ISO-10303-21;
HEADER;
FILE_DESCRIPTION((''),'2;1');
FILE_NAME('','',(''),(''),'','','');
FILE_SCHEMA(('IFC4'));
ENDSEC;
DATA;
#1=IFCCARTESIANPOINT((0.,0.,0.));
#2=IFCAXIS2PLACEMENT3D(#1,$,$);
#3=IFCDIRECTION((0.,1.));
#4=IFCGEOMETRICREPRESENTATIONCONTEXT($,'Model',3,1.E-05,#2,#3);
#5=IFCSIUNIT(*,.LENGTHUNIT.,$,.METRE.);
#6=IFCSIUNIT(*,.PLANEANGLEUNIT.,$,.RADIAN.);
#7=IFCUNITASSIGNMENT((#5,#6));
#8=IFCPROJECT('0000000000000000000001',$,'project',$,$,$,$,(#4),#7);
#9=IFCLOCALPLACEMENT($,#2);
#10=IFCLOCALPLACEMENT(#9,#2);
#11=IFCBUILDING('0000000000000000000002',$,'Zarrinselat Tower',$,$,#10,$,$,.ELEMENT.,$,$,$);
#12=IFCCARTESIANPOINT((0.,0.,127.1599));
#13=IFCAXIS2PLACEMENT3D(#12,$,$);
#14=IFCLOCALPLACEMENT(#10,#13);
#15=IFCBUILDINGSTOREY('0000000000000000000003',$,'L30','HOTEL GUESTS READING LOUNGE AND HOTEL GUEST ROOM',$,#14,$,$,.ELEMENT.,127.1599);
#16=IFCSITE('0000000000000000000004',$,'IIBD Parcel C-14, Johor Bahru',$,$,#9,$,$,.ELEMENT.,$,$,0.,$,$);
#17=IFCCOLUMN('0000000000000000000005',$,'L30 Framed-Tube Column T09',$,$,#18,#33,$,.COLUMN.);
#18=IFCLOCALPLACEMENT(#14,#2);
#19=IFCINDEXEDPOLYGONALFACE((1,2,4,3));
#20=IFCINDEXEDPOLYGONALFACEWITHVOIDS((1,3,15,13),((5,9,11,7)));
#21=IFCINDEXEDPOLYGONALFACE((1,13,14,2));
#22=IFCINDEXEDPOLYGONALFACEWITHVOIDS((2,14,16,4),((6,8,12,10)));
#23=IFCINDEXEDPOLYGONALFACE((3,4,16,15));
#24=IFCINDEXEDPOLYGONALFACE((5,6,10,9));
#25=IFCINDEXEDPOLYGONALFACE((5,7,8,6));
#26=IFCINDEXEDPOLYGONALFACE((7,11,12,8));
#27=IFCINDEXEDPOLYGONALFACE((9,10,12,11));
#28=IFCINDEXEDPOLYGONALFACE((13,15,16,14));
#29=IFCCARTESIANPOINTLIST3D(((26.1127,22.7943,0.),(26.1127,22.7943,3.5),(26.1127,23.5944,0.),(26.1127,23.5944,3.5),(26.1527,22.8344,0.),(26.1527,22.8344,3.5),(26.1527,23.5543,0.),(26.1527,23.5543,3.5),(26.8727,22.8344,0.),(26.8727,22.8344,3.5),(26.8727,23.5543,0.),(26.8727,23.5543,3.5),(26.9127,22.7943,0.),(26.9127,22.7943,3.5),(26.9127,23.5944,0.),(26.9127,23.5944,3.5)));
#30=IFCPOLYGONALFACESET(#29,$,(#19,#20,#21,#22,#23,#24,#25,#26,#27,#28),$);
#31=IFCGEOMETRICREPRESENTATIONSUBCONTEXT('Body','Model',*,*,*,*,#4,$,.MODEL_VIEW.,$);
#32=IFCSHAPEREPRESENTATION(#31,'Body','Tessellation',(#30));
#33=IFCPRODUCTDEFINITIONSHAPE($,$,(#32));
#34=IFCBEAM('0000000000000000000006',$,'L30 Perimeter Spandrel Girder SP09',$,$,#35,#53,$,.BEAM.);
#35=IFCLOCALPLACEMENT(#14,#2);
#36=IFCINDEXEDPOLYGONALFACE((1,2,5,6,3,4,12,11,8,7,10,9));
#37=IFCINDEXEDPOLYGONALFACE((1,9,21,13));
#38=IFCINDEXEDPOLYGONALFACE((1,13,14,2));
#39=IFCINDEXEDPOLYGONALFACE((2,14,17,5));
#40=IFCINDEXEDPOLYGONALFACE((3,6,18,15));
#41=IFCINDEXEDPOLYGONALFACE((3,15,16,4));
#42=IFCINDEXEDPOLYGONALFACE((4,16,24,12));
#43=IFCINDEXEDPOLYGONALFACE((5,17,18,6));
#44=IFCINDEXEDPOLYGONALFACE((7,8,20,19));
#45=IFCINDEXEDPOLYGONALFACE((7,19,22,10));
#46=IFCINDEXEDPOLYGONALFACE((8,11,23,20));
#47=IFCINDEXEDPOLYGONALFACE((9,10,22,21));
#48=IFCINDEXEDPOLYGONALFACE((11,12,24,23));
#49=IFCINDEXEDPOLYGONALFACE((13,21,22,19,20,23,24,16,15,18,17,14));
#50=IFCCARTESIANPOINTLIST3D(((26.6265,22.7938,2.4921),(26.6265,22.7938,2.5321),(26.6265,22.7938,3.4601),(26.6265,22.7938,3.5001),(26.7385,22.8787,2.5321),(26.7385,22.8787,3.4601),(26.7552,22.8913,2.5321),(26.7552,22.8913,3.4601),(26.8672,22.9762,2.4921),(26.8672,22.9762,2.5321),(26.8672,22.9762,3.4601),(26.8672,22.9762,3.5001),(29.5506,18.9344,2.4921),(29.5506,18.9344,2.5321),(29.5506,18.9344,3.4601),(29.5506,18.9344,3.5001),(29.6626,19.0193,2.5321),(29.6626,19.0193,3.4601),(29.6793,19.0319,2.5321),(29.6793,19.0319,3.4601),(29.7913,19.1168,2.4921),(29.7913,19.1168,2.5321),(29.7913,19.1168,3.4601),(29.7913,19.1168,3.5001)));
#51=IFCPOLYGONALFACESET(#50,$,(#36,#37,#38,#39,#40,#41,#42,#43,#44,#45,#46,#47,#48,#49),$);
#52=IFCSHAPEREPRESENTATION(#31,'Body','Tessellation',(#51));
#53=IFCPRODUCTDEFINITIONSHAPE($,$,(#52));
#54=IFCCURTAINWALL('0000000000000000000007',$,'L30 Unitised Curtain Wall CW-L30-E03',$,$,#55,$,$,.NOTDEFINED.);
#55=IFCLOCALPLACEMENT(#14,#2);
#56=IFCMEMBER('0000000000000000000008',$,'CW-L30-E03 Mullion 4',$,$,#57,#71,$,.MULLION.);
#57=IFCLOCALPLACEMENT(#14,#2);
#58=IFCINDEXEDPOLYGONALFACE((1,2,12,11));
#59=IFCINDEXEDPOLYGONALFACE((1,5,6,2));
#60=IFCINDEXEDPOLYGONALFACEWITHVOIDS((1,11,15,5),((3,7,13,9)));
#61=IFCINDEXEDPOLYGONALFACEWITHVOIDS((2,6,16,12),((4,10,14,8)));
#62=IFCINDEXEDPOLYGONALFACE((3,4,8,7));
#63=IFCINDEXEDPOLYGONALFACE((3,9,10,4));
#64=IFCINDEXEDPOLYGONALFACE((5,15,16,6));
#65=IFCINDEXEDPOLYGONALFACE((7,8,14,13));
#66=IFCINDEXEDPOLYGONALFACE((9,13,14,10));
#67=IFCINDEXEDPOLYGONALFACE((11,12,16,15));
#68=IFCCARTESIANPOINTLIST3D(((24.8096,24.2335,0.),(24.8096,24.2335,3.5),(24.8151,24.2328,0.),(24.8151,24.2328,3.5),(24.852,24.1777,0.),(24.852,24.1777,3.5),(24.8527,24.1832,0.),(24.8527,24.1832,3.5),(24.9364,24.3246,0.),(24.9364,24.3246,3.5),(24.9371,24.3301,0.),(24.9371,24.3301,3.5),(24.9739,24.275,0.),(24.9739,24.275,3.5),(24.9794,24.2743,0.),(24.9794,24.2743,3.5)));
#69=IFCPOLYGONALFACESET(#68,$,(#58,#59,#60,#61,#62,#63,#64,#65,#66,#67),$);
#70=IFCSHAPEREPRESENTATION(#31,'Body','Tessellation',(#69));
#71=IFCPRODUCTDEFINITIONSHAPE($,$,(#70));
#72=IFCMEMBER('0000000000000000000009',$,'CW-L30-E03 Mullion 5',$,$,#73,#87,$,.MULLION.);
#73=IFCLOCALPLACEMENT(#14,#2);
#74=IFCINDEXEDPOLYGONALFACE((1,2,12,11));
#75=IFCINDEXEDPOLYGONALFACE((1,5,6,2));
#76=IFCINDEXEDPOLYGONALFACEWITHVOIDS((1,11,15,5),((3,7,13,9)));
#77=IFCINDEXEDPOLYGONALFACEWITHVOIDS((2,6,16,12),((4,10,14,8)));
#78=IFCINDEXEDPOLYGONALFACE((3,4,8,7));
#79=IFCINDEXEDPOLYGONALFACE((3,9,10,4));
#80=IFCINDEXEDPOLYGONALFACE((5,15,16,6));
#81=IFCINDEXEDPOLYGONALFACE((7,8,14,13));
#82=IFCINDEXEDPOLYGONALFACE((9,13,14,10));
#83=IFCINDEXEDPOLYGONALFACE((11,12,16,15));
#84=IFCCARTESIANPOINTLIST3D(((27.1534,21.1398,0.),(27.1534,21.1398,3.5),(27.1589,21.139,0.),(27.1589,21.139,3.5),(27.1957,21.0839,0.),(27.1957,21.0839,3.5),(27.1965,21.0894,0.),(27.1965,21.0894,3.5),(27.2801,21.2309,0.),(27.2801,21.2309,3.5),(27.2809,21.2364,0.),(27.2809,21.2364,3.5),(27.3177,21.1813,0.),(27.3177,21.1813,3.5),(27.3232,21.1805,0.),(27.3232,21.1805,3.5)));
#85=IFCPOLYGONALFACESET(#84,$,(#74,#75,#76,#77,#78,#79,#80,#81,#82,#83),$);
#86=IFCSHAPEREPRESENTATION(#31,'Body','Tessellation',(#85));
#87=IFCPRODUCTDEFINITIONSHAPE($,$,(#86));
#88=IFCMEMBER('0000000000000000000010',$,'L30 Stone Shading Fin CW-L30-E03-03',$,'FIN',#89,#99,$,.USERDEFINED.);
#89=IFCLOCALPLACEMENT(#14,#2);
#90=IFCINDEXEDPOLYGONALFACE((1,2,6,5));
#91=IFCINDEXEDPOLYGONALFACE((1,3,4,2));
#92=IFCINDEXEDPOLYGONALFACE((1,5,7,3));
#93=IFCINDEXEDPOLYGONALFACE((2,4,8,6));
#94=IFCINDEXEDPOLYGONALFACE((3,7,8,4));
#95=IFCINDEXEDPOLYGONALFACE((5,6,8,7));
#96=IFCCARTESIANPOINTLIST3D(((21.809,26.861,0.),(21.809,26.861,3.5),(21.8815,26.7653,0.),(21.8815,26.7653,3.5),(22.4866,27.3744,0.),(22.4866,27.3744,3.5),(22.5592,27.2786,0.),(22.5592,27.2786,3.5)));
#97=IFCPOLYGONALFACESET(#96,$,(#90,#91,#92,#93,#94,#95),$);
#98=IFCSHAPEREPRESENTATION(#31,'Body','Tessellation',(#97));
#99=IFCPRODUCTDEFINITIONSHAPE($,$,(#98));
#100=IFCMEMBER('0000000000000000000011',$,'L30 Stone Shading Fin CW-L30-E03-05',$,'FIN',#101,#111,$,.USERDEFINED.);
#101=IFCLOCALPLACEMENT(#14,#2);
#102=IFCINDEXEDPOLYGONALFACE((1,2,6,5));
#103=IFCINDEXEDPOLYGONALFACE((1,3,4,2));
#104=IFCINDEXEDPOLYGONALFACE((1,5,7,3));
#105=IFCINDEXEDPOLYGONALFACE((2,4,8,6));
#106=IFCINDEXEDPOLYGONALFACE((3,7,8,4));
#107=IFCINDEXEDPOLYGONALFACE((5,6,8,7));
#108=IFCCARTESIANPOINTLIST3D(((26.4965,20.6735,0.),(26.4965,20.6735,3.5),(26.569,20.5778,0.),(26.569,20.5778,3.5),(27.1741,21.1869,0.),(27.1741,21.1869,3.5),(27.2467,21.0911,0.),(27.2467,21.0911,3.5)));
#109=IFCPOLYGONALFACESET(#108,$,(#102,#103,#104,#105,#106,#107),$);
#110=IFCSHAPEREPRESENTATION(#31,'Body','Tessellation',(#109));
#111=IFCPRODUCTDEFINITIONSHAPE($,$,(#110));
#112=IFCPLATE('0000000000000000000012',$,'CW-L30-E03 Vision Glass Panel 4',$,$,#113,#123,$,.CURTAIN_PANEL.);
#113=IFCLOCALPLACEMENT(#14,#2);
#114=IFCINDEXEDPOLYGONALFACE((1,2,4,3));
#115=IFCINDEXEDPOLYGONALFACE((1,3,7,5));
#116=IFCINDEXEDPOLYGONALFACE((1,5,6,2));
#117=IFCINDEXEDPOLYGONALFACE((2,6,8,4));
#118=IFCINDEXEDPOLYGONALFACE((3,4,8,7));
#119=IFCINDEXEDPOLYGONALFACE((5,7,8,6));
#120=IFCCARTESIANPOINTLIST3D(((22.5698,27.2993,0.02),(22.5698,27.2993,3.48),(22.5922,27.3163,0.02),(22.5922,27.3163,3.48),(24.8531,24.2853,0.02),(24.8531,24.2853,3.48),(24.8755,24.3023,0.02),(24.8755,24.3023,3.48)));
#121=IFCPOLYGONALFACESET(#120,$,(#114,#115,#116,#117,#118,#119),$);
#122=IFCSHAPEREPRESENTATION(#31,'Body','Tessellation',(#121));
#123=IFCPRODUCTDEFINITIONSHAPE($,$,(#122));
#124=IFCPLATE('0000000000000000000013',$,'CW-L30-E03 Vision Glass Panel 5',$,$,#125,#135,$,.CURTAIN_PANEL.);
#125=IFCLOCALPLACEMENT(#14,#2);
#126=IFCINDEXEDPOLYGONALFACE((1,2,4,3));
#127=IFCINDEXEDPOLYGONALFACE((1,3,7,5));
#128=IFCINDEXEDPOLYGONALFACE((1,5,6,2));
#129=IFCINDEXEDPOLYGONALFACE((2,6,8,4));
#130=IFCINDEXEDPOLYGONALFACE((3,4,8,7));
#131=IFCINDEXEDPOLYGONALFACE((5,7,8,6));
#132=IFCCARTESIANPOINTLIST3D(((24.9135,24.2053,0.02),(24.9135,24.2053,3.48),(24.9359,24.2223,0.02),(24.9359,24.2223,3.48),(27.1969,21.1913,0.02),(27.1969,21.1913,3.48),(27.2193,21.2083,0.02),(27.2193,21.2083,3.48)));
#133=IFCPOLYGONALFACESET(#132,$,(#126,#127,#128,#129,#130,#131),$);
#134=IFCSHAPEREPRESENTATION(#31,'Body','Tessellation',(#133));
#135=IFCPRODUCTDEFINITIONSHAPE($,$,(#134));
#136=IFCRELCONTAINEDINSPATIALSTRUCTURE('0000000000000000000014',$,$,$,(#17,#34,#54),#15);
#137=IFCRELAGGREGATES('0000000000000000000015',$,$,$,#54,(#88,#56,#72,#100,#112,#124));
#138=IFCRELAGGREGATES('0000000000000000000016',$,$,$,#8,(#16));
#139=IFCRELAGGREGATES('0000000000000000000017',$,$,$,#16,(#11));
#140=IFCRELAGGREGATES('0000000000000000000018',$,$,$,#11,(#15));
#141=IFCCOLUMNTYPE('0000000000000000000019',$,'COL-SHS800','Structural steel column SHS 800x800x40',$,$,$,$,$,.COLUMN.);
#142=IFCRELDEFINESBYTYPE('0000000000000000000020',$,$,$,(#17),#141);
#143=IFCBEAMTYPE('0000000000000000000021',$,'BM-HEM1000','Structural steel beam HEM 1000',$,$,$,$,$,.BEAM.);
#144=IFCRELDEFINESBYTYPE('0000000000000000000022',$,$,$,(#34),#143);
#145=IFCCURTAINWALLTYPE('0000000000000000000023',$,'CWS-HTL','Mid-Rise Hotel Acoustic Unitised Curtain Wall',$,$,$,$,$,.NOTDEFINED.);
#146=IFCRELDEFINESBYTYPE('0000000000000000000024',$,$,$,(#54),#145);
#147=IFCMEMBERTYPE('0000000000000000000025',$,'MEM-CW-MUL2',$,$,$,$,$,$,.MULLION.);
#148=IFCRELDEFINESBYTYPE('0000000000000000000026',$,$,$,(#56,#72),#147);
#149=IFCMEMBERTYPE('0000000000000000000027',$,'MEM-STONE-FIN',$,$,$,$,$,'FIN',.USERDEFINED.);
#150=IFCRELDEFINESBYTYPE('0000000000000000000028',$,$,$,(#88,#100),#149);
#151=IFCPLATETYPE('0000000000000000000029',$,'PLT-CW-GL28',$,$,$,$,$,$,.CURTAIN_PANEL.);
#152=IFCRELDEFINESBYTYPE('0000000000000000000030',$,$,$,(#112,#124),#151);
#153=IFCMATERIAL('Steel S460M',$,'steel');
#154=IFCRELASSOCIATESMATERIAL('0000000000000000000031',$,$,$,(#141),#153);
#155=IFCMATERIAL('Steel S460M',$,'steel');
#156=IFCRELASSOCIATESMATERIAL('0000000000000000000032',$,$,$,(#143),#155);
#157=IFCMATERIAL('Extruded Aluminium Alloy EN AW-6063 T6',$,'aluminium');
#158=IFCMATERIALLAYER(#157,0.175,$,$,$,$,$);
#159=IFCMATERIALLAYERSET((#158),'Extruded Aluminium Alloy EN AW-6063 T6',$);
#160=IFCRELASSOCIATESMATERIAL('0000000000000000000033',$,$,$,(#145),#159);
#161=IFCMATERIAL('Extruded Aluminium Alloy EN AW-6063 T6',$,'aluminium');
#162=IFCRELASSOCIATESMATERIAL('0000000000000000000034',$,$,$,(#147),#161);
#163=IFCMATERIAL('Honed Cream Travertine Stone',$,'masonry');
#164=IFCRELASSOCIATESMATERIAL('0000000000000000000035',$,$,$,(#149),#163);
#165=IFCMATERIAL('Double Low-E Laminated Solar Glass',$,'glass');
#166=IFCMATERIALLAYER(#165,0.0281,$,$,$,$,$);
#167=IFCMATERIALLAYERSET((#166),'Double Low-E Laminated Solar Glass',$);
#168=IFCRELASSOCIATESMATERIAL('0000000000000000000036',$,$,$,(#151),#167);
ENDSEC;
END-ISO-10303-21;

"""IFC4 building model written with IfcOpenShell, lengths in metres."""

from ifc_helpers import new_model, si_unit, direction, frame, origin, origin_2d, place, context, subcontext, project, spatial, rectangle, hollow_rectangle, i_section, extrude, material, layer, layer_set, material_profile, profile_set, type_object, element, aggregate, save


model = new_model("IFC4")

# Units and contexts
model_context = context("Model", 3, precision=1e-05, world=origin(), true_north=direction((0.0, 1.0)))
body_context = subcontext(model_context, "Body", "Model", "MODEL_VIEW")
ifc_project = project(units=[si_unit("LENGTHUNIT", "METRE"), si_unit("PLANEANGLEUNIT", "RADIAN")], contexts=[model_context])

# Site, building, storey
site_placement = place(None, origin())
site = spatial("IfcSite", under=ifc_project, at=site_placement, Name="IIBD Parcel C-14, Johor Bahru", CompositionType="ELEMENT", RefElevation=0.0)
building_placement = place(site_placement, origin())
building = spatial("IfcBuilding", under=site, at=building_placement, Name="Zarrinselat Tower", CompositionType="ELEMENT")
storey_placement = place(building_placement, frame((0.0, 0.0, 127.1599)))
storey = spatial("IfcBuildingStorey", under=building, at=storey_placement, Name="L30", Description="HOTEL GUESTS READING LOUNGE AND HOTEL GUEST ROOM", CompositionType="ELEMENT", Elevation=127.1599)

# Column
ifc_material_1 = material(Name="Steel S460M", Category="steel")
ifc_material_profile_1 = material_profile(ifc_material_1, hollow_rectangle(XDim=0.8, YDim=0.8, WallThickness=0.04, at=origin_2d()), Name="SHS 800x800x40")
ifc_profile_set_1 = profile_set([ifc_material_profile_1], Name="Steel S460M")
column_type = type_object("IfcColumnType", Name="COL-SHS800", Description="Structural steel column SHS 800x800x40", PredefinedType="COLUMN", material=ifc_profile_set_1)
column_placement = place(storey_placement, frame((26.5127, 23.1943, 0.0), z_axis=(0.0, 0.0, 1.0), x_axis=(1.0, 0.0, 0.0)))
element("IfcColumn", 1, at=column_placement, inside=storey, type_object=column_type, Name="L30 Framed-Tube Column T09", PredefinedType="COLUMN", context=body_context, shape_type="SweptSolid", body=[
    extrude(hollow_rectangle(XDim=0.8, YDim=0.8, WallThickness=0.04, at=origin_2d()), origin(), (0.0, 0.0, 1.0), 3.5),
])

# Beam
ifc_material_2 = material(Name="Steel S460M", Category="steel")
ifc_material_profile_2 = material_profile(ifc_material_2, i_section(OverallWidth=0.302, OverallDepth=1.0081, WebThickness=0.021, FlangeThickness=0.04, at=origin_2d()), Name="HEM 1000")
ifc_profile_set_2 = profile_set([ifc_material_profile_2], Name="Steel S460M")
beam_type = type_object("IfcBeamType", Name="BM-HEM1000", Description="Structural steel beam HEM 1000", PredefinedType="BEAM", material=ifc_profile_set_2)
beam_placement = place(storey_placement, frame((26.7468, 22.885, 2.9961), z_axis=(0.603897, -0.797062, 0.0), x_axis=(0.797062, 0.603897, 0.0)))
element("IfcBeam", 2, at=beam_placement, inside=storey, type_object=beam_type, Name="L30 Perimeter Spandrel Girder SP09", PredefinedType="BEAM", context=body_context, shape_type="SweptSolid", body=[
    extrude(i_section(OverallWidth=0.302, OverallDepth=1.0081, WebThickness=0.021, FlangeThickness=0.04, at=origin_2d()), origin(), (0.0, 0.0, 1.0), 4.842),
])

# Curtain wall, members, plates
ifc_material_3 = material(Name="Extruded Aluminium Alloy EN AW-6063 T6", Category="aluminium")
ifc_layer_1 = layer(ifc_material_3, 0.175)
ifc_layer_set_1 = layer_set([ifc_layer_1], Name="Extruded Aluminium Alloy EN AW-6063 T6")
curtain_wall_type = type_object("IfcCurtainWallType", Name="CWS-HTL", Description="Mid-Rise Hotel Acoustic Unitised Curtain Wall", PredefinedType="NOTDEFINED", material=ifc_layer_set_1)
curtain_wall_placement = place(storey_placement, origin())
curtain_wall = element("IfcCurtainWall", 3, at=curtain_wall_placement, inside=storey, type_object=curtain_wall_type, Name="L30 Unitised Curtain Wall CW-L30-E03", PredefinedType="NOTDEFINED")
ifc_material_4 = material(Name="Extruded Aluminium Alloy EN AW-6063 T6", Category="aluminium")
ifc_material_profile_3 = material_profile(ifc_material_4, hollow_rectangle(XDim=0.0701, YDim=0.1599, WallThickness=0.0039, at=origin_2d()), Name="RHS 160x70x4")
ifc_profile_set_3 = profile_set([ifc_material_profile_3], Name="Extruded Aluminium Alloy EN AW-6063 T6")
member_type_1 = type_object("IfcMemberType", Name="MEM-CW-MUL2", PredefinedType="MULLION", material=ifc_profile_set_3)
member_1_placement = place(storey_placement, frame((24.8945, 24.2539, 0.0), z_axis=(0.0, 0.0, 1.0), x_axis=(0.603858, -0.797092, 0.0)))
member_1 = element("IfcMember", 4, at=member_1_placement, type_object=member_type_1, Name="CW-L30-E03 Mullion 4", PredefinedType="MULLION", context=body_context, shape_type="SweptSolid", body=[
    extrude(hollow_rectangle(XDim=0.0701, YDim=0.1599, WallThickness=0.0039, at=origin_2d()), origin(), (0.0, 0.0, 1.0), 3.5),
])
member_2_placement = place(storey_placement, frame((27.2383, 21.1602, 0.0), z_axis=(0.0, 0.0, 1.0), x_axis=(0.603858, -0.797092, 0.0)))
member_2 = element("IfcMember", 5, at=member_2_placement, type_object=member_type_1, Name="CW-L30-E03 Mullion 5", PredefinedType="MULLION", context=body_context, shape_type="SweptSolid", body=[
    extrude(hollow_rectangle(XDim=0.0701, YDim=0.1599, WallThickness=0.0039, at=origin_2d()), origin(), (0.0, 0.0, 1.0), 3.5),
])
ifc_material_5 = material(Name="Honed Cream Travertine Stone", Category="masonry")
ifc_material_profile_4 = material_profile(ifc_material_5, rectangle(XDim=0.1201, YDim=0.8501, at=origin_2d()), Name="FIN 850x120")
ifc_profile_set_4 = profile_set([ifc_material_profile_4], Name="Honed Cream Travertine Stone")
member_type_2 = type_object("IfcMemberType", Name="MEM-STONE-FIN", ElementType="FIN", PredefinedType="USERDEFINED", material=ifc_profile_set_4)
member_3_placement = place(storey_placement, frame((22.1841, 27.0698, 0.0), z_axis=(0.0, 0.0, 1.0), x_axis=(-0.603858, 0.797092, 0.0)))
member_3 = element("IfcMember", 6, at=member_3_placement, type_object=member_type_2, Name="L30 Stone Shading Fin CW-L30-E03-03", ObjectType="FIN", PredefinedType="USERDEFINED", context=body_context, shape_type="SweptSolid", body=[
    extrude(rectangle(XDim=0.1201, YDim=0.8501, at=origin_2d()), origin(), (0.0, 0.0, 1.0), 3.5),
])
member_4_placement = place(storey_placement, frame((26.8716, 20.8823, 0.0), z_axis=(0.0, 0.0, 1.0), x_axis=(-0.603858, 0.797092, 0.0)))
member_4 = element("IfcMember", 7, at=member_4_placement, type_object=member_type_2, Name="L30 Stone Shading Fin CW-L30-E03-05", ObjectType="FIN", PredefinedType="USERDEFINED", context=body_context, shape_type="SweptSolid", body=[
    extrude(rectangle(XDim=0.1201, YDim=0.8501, at=origin_2d()), origin(), (0.0, 0.0, 1.0), 3.5),
])
ifc_material_6 = material(Name="Double Low-E Laminated Solar Glass", Category="glass")
ifc_layer_2 = layer(ifc_material_6, 0.0281)
ifc_layer_set_2 = layer_set([ifc_layer_2], Name="Double Low-E Laminated Solar Glass")
plate_type = type_object("IfcPlateType", Name="PLT-CW-GL28", PredefinedType="CURTAIN_PANEL", material=ifc_layer_set_2)
plate_1_placement = place(storey_placement, frame((23.7227, 25.8008, 0.02), z_axis=(0.0, 0.0, 1.0), x_axis=(0.603858, -0.797092, 0.0)))
plate_1 = element("IfcPlate", 8, at=plate_1_placement, type_object=plate_type, Name="CW-L30-E03 Vision Glass Panel 4", PredefinedType="CURTAIN_PANEL", context=body_context, shape_type="SweptSolid", body=[
    extrude(rectangle(XDim=3.7812, YDim=0.0281, at=origin_2d()), origin(), (0.0, 0.0, 1.0), 3.46),
])
plate_2_placement = place(storey_placement, frame((26.0664, 22.7068, 0.02), z_axis=(0.0, 0.0, 1.0), x_axis=(0.603858, -0.797092, 0.0)))
plate_2 = element("IfcPlate", 9, at=plate_2_placement, type_object=plate_type, Name="CW-L30-E03 Vision Glass Panel 5", PredefinedType="CURTAIN_PANEL", context=body_context, shape_type="SweptSolid", body=[
    extrude(rectangle(XDim=3.7812, YDim=0.0281, at=origin_2d()), origin(), (0.0, 0.0, 1.0), 3.46),
])
aggregate(curtain_wall, [member_3, member_1, member_2, member_4, plate_1, plate_2])

save(model, "model.ifc")
